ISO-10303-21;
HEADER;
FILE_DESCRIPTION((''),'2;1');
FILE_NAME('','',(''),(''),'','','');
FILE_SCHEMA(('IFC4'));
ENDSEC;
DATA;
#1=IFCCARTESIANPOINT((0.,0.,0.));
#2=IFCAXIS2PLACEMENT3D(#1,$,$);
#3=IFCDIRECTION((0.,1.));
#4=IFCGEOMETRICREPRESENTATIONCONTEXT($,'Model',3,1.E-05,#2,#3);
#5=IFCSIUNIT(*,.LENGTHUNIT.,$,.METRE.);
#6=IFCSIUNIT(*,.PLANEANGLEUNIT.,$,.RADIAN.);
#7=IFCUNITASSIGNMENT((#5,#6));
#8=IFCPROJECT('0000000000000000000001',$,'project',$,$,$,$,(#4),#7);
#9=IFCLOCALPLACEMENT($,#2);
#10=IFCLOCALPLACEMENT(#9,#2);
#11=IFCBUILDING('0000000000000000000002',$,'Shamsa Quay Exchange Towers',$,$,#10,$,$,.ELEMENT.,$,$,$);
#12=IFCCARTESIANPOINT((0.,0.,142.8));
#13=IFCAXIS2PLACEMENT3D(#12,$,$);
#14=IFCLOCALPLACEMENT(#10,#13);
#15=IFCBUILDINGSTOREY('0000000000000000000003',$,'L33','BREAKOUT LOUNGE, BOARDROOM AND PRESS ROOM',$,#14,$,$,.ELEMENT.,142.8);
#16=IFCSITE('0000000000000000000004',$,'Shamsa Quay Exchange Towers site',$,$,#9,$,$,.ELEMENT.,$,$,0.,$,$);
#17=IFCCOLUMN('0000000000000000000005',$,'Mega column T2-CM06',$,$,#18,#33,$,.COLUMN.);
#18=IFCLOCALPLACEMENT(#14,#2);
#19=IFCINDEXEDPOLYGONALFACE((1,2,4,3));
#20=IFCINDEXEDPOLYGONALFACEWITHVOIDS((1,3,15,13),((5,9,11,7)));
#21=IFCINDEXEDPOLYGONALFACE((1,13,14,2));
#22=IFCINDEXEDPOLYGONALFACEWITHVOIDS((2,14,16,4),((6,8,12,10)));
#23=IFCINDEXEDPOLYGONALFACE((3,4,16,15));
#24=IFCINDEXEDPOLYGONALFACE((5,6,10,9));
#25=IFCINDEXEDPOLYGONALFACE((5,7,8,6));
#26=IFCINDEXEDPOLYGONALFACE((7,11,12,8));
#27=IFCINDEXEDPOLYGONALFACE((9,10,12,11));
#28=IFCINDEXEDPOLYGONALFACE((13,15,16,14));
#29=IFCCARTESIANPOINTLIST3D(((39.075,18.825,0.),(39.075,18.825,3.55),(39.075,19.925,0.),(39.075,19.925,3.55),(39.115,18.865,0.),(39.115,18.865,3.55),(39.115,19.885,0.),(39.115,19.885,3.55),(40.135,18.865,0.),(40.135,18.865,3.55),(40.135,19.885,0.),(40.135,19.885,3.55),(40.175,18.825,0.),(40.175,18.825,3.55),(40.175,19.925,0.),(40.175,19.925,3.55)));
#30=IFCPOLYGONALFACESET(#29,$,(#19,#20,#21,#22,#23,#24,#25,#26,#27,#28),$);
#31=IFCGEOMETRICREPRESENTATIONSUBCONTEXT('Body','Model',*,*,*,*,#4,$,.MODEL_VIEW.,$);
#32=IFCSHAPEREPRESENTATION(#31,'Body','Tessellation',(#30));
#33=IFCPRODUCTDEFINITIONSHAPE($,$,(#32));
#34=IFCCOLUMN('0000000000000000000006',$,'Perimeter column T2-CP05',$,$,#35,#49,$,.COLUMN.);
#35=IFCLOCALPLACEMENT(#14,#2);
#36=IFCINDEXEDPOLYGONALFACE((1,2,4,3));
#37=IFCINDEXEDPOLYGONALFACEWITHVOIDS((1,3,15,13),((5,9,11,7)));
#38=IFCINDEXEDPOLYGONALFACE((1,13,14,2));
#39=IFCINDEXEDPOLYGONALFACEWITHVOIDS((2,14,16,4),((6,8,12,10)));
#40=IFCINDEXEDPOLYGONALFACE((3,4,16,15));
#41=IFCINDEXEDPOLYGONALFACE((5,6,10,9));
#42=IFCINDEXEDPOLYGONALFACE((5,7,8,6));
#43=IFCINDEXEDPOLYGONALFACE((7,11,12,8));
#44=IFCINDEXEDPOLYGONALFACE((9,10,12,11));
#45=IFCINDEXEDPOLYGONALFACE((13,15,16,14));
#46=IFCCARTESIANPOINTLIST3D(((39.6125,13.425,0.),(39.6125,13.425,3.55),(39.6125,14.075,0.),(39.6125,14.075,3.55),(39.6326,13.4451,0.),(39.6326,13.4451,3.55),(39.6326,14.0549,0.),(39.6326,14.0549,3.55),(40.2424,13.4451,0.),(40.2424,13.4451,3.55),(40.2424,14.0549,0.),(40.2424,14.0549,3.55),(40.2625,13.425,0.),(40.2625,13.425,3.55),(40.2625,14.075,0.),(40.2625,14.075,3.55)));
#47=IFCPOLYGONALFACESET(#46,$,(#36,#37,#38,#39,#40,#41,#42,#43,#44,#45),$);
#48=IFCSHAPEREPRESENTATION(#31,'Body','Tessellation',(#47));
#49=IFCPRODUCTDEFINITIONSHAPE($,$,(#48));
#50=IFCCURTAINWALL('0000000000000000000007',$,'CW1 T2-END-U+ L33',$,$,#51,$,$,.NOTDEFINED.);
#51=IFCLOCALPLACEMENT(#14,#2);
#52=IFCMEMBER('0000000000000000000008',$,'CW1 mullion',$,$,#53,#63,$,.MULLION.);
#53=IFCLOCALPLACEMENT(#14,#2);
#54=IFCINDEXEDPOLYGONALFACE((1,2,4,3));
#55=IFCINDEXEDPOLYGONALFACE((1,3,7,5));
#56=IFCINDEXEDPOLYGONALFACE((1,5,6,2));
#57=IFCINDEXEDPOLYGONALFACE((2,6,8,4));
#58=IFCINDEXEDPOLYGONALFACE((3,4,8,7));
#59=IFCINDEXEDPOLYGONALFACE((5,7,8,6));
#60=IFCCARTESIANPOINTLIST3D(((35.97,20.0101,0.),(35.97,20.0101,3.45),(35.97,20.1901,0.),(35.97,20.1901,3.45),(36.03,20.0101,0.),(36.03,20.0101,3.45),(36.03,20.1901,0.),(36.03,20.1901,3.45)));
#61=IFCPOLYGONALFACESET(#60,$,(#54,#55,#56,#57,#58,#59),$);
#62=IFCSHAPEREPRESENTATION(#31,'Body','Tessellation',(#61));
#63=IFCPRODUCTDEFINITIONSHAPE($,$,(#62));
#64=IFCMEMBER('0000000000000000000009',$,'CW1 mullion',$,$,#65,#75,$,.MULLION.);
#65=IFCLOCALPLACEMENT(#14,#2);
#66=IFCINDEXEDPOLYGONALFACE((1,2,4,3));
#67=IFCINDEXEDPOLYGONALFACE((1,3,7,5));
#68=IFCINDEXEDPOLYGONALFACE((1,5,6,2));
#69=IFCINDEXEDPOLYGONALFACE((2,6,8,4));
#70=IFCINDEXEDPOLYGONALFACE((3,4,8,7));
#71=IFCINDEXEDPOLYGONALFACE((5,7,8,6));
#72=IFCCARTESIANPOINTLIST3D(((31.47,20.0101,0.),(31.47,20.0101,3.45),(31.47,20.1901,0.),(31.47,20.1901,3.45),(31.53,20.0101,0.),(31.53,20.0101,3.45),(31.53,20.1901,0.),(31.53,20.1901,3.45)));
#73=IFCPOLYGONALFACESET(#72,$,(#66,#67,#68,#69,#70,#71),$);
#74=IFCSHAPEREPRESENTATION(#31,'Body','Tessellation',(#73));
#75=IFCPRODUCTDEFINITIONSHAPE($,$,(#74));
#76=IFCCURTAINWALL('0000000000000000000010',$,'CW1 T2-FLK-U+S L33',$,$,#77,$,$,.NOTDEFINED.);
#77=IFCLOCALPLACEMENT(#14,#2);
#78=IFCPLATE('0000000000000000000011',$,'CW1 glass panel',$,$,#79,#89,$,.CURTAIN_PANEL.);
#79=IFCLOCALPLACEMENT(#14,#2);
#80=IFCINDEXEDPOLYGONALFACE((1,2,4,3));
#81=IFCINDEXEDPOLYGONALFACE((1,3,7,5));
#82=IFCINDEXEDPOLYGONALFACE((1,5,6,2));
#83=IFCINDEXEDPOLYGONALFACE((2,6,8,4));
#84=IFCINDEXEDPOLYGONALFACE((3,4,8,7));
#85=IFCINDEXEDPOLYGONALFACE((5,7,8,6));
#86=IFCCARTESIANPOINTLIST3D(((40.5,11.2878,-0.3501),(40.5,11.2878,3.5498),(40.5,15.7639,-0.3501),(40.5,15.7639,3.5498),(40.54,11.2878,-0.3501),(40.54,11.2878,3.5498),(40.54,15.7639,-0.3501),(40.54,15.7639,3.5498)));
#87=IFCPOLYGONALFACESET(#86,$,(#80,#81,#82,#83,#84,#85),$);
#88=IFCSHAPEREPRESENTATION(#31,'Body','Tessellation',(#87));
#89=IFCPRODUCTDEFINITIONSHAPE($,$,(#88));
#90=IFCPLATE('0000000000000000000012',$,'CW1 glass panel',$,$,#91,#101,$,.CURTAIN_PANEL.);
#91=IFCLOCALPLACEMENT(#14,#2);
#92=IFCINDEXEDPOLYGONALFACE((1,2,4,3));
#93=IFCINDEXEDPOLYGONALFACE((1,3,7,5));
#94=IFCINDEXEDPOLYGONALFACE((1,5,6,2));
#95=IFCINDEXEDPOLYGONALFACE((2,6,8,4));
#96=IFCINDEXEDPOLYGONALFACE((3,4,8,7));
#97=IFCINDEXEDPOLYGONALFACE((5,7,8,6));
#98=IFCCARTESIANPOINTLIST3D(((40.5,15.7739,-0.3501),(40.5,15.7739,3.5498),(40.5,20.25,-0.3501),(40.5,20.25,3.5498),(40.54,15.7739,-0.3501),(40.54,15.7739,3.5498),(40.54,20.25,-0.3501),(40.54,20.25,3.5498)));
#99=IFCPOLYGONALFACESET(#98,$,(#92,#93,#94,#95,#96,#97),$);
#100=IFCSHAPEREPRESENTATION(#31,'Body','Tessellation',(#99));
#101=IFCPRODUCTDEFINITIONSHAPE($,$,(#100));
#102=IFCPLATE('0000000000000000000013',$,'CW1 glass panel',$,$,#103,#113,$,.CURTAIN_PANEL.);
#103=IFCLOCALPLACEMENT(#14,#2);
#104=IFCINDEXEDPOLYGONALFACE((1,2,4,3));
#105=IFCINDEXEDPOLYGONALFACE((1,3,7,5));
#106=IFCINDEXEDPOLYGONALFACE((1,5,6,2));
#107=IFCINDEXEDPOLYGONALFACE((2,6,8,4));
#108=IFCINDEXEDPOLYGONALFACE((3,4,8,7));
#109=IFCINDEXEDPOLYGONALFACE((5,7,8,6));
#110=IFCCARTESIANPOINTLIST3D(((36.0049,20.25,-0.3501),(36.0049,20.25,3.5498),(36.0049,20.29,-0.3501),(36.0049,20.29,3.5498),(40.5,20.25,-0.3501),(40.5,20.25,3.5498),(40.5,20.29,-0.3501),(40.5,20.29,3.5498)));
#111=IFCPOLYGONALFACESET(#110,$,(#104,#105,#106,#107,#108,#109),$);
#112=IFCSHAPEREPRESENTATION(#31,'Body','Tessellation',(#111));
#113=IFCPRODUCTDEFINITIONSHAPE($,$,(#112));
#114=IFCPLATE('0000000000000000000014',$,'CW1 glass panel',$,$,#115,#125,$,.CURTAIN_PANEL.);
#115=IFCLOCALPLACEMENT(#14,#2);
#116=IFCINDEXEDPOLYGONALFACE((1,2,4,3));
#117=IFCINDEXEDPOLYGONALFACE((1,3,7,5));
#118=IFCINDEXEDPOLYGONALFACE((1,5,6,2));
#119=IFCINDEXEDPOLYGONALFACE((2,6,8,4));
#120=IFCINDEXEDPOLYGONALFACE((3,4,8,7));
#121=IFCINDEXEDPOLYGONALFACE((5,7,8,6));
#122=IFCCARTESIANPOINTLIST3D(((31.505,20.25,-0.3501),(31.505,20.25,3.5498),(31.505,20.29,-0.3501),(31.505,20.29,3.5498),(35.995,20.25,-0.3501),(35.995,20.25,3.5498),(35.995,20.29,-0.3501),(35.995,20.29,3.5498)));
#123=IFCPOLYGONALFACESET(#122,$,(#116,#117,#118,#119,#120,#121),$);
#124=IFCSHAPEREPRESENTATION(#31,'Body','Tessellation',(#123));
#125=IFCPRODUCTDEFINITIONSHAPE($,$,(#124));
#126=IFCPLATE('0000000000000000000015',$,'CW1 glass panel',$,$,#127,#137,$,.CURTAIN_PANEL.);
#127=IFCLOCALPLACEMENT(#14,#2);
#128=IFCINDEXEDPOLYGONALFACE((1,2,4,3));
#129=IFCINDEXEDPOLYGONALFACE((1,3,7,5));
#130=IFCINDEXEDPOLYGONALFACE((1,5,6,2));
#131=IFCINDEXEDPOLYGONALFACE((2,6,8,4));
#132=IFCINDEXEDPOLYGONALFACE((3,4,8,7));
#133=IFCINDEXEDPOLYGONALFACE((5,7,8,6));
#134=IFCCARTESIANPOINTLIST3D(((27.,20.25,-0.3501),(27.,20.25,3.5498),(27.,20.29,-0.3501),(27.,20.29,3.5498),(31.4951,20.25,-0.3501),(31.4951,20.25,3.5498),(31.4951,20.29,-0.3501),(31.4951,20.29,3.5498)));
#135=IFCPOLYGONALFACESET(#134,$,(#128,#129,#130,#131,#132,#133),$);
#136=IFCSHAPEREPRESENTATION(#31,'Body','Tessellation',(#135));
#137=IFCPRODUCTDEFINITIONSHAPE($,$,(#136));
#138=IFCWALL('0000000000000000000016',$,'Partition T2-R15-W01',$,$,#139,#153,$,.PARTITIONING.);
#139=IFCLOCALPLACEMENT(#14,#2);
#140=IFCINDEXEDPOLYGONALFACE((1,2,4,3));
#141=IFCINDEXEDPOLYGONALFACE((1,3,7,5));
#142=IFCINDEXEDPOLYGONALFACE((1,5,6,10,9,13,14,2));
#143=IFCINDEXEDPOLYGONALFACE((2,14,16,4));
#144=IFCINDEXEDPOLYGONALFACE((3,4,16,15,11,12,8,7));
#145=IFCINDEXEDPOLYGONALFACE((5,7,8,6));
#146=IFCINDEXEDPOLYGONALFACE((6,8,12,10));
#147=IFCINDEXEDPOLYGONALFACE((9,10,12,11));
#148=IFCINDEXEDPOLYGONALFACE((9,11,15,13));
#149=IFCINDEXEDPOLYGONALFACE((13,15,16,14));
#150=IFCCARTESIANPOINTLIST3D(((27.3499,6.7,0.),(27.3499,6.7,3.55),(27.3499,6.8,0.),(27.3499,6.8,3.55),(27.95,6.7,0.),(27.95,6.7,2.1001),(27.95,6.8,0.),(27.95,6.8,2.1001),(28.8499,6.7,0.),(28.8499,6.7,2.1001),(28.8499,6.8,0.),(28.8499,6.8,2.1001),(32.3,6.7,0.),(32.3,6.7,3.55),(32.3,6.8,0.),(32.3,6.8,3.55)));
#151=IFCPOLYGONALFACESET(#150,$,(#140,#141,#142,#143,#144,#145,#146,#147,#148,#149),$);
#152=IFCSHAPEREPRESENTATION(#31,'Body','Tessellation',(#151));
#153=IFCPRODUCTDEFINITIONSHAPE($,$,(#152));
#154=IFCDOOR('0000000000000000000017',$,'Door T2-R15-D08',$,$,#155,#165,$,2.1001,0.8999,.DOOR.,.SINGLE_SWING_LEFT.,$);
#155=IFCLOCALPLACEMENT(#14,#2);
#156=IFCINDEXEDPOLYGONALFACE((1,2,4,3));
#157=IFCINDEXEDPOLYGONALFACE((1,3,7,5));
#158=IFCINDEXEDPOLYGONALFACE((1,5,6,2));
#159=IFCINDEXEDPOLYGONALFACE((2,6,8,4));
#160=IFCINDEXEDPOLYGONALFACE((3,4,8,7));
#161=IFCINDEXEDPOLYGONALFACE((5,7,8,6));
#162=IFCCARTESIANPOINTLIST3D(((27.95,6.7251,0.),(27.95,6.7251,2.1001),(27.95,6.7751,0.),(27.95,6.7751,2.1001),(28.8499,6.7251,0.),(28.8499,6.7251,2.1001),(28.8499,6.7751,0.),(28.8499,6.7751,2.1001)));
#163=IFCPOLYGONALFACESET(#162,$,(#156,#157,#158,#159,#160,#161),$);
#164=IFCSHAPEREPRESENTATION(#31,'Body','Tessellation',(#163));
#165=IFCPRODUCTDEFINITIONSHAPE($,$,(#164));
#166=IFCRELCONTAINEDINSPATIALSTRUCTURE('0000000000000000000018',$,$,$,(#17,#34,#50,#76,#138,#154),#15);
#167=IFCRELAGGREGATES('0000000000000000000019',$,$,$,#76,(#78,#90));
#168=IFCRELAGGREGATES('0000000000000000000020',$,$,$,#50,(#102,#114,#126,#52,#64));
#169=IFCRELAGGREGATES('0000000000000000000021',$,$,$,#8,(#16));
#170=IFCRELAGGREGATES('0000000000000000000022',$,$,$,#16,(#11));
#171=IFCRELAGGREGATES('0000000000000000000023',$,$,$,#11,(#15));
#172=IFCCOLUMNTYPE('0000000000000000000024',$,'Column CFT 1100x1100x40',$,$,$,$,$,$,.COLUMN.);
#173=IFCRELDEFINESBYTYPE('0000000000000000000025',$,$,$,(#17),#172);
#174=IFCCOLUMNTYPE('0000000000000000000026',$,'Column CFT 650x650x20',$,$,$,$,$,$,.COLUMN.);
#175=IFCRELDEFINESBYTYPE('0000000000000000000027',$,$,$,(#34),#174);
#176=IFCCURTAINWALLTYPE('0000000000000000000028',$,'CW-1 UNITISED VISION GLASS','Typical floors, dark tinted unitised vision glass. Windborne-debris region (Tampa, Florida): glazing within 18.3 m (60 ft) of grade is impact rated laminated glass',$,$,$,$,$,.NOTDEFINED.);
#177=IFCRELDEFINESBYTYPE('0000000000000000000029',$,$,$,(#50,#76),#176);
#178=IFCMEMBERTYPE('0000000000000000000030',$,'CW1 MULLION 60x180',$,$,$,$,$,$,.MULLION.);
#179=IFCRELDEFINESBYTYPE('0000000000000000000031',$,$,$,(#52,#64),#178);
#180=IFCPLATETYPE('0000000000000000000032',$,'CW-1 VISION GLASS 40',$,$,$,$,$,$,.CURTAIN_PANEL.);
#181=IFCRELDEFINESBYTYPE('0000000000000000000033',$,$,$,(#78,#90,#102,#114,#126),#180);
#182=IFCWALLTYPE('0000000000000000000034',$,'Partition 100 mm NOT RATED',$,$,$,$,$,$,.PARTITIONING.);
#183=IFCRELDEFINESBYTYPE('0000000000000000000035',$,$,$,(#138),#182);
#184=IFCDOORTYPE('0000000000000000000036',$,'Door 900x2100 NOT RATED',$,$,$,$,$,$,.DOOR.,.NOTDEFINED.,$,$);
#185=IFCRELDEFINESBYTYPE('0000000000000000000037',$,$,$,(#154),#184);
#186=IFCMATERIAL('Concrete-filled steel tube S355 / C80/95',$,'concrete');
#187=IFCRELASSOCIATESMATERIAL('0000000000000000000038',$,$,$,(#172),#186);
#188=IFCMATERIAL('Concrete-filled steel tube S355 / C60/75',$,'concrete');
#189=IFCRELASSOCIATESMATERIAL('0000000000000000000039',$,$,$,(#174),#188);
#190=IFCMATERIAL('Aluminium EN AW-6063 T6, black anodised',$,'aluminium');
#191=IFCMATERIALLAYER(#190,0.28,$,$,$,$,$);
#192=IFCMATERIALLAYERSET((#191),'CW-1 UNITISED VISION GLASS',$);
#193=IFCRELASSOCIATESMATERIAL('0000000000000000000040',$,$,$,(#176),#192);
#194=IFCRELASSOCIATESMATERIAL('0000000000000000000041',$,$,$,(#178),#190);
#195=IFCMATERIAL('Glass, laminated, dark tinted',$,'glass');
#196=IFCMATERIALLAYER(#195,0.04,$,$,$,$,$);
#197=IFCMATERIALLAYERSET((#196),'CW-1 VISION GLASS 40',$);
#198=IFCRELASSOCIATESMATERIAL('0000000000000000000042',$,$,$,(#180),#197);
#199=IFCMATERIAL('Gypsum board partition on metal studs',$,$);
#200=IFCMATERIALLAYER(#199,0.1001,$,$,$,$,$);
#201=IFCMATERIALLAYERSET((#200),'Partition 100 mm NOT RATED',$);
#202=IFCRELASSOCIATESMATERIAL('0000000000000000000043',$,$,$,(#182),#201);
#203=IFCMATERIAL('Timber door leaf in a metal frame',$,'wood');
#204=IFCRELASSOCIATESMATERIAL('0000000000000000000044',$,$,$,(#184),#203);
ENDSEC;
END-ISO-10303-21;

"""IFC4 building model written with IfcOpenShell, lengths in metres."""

from ifc_helpers import new_model, si_unit, direction, frame, frame_2d, origin, origin_2d, place, context, subcontext, project, spatial, rectangle, hollow_rectangle, extrude, material, layer, layer_set, material_profile, profile_set, type_object, element, fill, aggregate, save


model = new_model("IFC4")

# Units and contexts
model_context = context("Model", 3, precision=1e-05, world=origin(), true_north=direction((0.0, 1.0)))
body_context = subcontext(model_context, "Body", "Model", "MODEL_VIEW")
ifc_project = project(units=[si_unit("LENGTHUNIT", "METRE"), si_unit("PLANEANGLEUNIT", "RADIAN")], contexts=[model_context])

# Site, building, storey
site_placement = place(None, origin())
site = spatial("IfcSite", under=ifc_project, at=site_placement, Name="Shamsa Quay Exchange Towers site", CompositionType="ELEMENT", RefElevation=0.0)
building_placement = place(site_placement, origin())
building = spatial("IfcBuilding", under=site, at=building_placement, Name="Shamsa Quay Exchange Towers", CompositionType="ELEMENT")
storey_placement = place(building_placement, frame((0.0, 0.0, 142.8)))
storey = spatial("IfcBuildingStorey", under=building, at=storey_placement, Name="L33", Description="BREAKOUT LOUNGE, BOARDROOM AND PRESS ROOM", CompositionType="ELEMENT", Elevation=142.8)

# Columns
ifc_material_1 = material(Name="Concrete-filled steel tube S355 / C80/95", Category="concrete")
ifc_material_profile_1 = material_profile(ifc_material_1, hollow_rectangle(XDim=1.1001, YDim=1.1001, WallThickness=0.04, at=origin_2d()), Name="CFT 1100x1100x40")
ifc_profile_set_1 = profile_set([ifc_material_profile_1], Name="Concrete-filled steel tube S355 / C80/95")
column_type_1 = type_object("IfcColumnType", Name="Column CFT 1100x1100x40", PredefinedType="COLUMN", material=ifc_profile_set_1)
column_1_placement = place(storey_placement, frame((39.625, 19.375, 0.0)))
element("IfcColumn", 1, at=column_1_placement, inside=storey, type_object=column_type_1, Name="Mega column T2-CM06", PredefinedType="COLUMN", context=body_context, shape_type="SweptSolid", body=[
    extrude(hollow_rectangle(XDim=1.1001, YDim=1.1001, WallThickness=0.04, at=origin_2d()), origin(), (0.0, 0.0, 1.0), 3.55),
])
ifc_material_2 = material(Name="Concrete-filled steel tube S355 / C60/75", Category="concrete")
ifc_material_profile_2 = material_profile(ifc_material_2, hollow_rectangle(XDim=0.6499, YDim=0.6499, WallThickness=0.02, at=origin_2d()), Name="CFT 650x650x20")
ifc_profile_set_2 = profile_set([ifc_material_profile_2], Name="Concrete-filled steel tube S355 / C60/75")
column_type_2 = type_object("IfcColumnType", Name="Column CFT 650x650x20", PredefinedType="COLUMN", material=ifc_profile_set_2)
column_2_placement = place(storey_placement, frame((39.9375, 13.75, 0.0)))
element("IfcColumn", 2, at=column_2_placement, inside=storey, type_object=column_type_2, Name="Perimeter column T2-CP05", PredefinedType="COLUMN", context=body_context, shape_type="SweptSolid", body=[
    extrude(hollow_rectangle(XDim=0.6499, YDim=0.6499, WallThickness=0.02, at=origin_2d()), origin(), (0.0, 0.0, 1.0), 3.55),
])

# Curtain wall, members
ifc_material_3 = material(Name="Aluminium EN AW-6063 T6, black anodised", Category="aluminium")
ifc_layer_1 = layer(ifc_material_3, 0.28)
ifc_layer_set_1 = layer_set([ifc_layer_1], Name="CW-1 UNITISED VISION GLASS")
curtain_wall_type = type_object("IfcCurtainWallType", Name="CW-1 UNITISED VISION GLASS", Description="Typical floors, dark tinted unitised vision glass. Windborne-debris region (Tampa, Florida): glazing within 18.3 m (60 ft) of grade is impact rated laminated glass", PredefinedType="NOTDEFINED", material=ifc_layer_set_1)
curtain_wall_1_placement = place(storey_placement, origin())
curtain_wall_1 = element("IfcCurtainWall", 3, at=curtain_wall_1_placement, inside=storey, type_object=curtain_wall_type, Name="CW1 T2-END-U+ L33", PredefinedType="NOTDEFINED")
ifc_material_profile_3 = material_profile(ifc_material_3, rectangle(XDim=0.1799, YDim=0.0601, at=origin_2d()), Name="MU60x180")
ifc_profile_set_3 = profile_set([ifc_material_profile_3], Name="Aluminium EN AW-6063 T6, black anodised")
member_type = type_object("IfcMemberType", Name="CW1 MULLION 60x180", PredefinedType="MULLION", material=ifc_profile_set_3)
member_1_placement = place(storey_placement, frame((36.0, 20.1001, 0.0), z_axis=(0.0, 0.0, 1.0), x_axis=(0.0, -1.0, 0.0)))
member_1 = element("IfcMember", 4, at=member_1_placement, type_object=member_type, Name="CW1 mullion", PredefinedType="MULLION", context=body_context, shape_type="SweptSolid", body=[
    extrude(rectangle(XDim=0.1799, YDim=0.0601, at=origin_2d()), origin(), (0.0, 0.0, 1.0), 3.45),
])
member_2_placement = place(storey_placement, frame((31.5, 20.1001, 0.0), z_axis=(0.0, 0.0, 1.0), x_axis=(0.0, -1.0, 0.0)))
member_2 = element("IfcMember", 5, at=member_2_placement, type_object=member_type, Name="CW1 mullion", PredefinedType="MULLION", context=body_context, shape_type="SweptSolid", body=[
    extrude(rectangle(XDim=0.1799, YDim=0.0601, at=origin_2d()), origin(), (0.0, 0.0, 1.0), 3.45),
])

# Curtain wall, plates
curtain_wall_2_placement = place(storey_placement, origin())
curtain_wall_2 = element("IfcCurtainWall", 6, at=curtain_wall_2_placement, inside=storey, type_object=curtain_wall_type, Name="CW1 T2-FLK-U+S L33", PredefinedType="NOTDEFINED")
ifc_material_4 = material(Name="Glass, laminated, dark tinted", Category="glass")
ifc_layer_2 = layer(ifc_material_4, 0.04)
ifc_layer_set_2 = layer_set([ifc_layer_2], Name="CW-1 VISION GLASS 40")
plate_type = type_object("IfcPlateType", Name="CW-1 VISION GLASS 40", PredefinedType="CURTAIN_PANEL", material=ifc_layer_set_2)
plate_1_placement = place(storey_placement, frame((40.52, 13.5259, -0.3501), z_axis=(0.0, 0.0, 1.0), x_axis=(0.0, 1.0, 0.0)))
plate_1 = element("IfcPlate", 7, at=plate_1_placement, type_object=plate_type, Name="CW1 glass panel", PredefinedType="CURTAIN_PANEL", context=body_context, shape_type="SweptSolid", body=[
    extrude(rectangle(XDim=4.4761, YDim=0.04, at=origin_2d()), origin(), (0.0, 0.0, 1.0), 3.8999),
])
plate_2_placement = place(storey_placement, frame((40.52, 18.012, -0.3501), z_axis=(0.0, 0.0, 1.0), x_axis=(0.0, 1.0, 0.0)))
plate_2 = element("IfcPlate", 8, at=plate_2_placement, type_object=plate_type, Name="CW1 glass panel", PredefinedType="CURTAIN_PANEL", context=body_context, shape_type="SweptSolid", body=[
    extrude(rectangle(XDim=4.4761, YDim=0.04, at=origin_2d()), origin(), (0.0, 0.0, 1.0), 3.8999),
])
aggregate(curtain_wall_2, [plate_1, plate_2])

# Plates
plate_3_placement = place(storey_placement, frame((38.2524, 20.27, -0.3501), z_axis=(0.0, 0.0, 1.0), x_axis=(-1.0, 0.0, 0.0)))
plate_3 = element("IfcPlate", 9, at=plate_3_placement, type_object=plate_type, Name="CW1 glass panel", PredefinedType="CURTAIN_PANEL", context=body_context, shape_type="SweptSolid", body=[
    extrude(rectangle(XDim=4.4951, YDim=0.04, at=origin_2d()), origin(), (0.0, 0.0, 1.0), 3.8999),
])
plate_4_placement = place(storey_placement, frame((33.75, 20.27, -0.3501), z_axis=(0.0, 0.0, 1.0), x_axis=(-1.0, 0.0, 0.0)))
plate_4 = element("IfcPlate", 10, at=plate_4_placement, type_object=plate_type, Name="CW1 glass panel", PredefinedType="CURTAIN_PANEL", context=body_context, shape_type="SweptSolid", body=[
    extrude(rectangle(XDim=4.49, YDim=0.04, at=origin_2d()), origin(), (0.0, 0.0, 1.0), 3.8999),
])
plate_5_placement = place(storey_placement, frame((29.2476, 20.27, -0.3501), z_axis=(0.0, 0.0, 1.0), x_axis=(-1.0, 0.0, 0.0)))
plate_5 = element("IfcPlate", 11, at=plate_5_placement, type_object=plate_type, Name="CW1 glass panel", PredefinedType="CURTAIN_PANEL", context=body_context, shape_type="SweptSolid", body=[
    extrude(rectangle(XDim=4.4951, YDim=0.04, at=origin_2d()), origin(), (0.0, 0.0, 1.0), 3.8999),
])
aggregate(curtain_wall_1, [plate_3, plate_4, plate_5, member_1, member_2])

# Wall, opening, door
ifc_material_5 = material(Name="Gypsum board partition on metal studs")
ifc_layer_3 = layer(ifc_material_5, 0.1001)
ifc_layer_set_3 = layer_set([ifc_layer_3], Name="Partition 100 mm NOT RATED")
wall_type_1 = type_object("IfcWallType", Name="Partition 100 mm NOT RATED", PredefinedType="PARTITIONING", material=ifc_layer_set_3)
wall_1_placement = place(storey_placement, frame((32.3, 6.75, 0.0), z_axis=(0.0, 0.0, 1.0), x_axis=(-1.0, 0.0, 0.0)))
wall_1 = element("IfcWall", 12, at=wall_1_placement, inside=storey, type_object=wall_type_1, Name="Partition T2-R15-W01", PredefinedType="PARTITIONING", context=body_context, shape_type="SweptSolid", body=[
    extrude(rectangle(XDim=4.9502, YDim=0.1001, at=frame_2d((2.4751, 0.0))), origin(), (0.0, 0.0, 1.0), 3.55),
])
opening_1_placement = place(wall_1_placement, frame((3.4502, 0.0, 0.0)))
opening_1 = element("IfcOpeningElement", 13, at=opening_1_placement, cuts=wall_1, PredefinedType="OPENING", context=body_context, shape_type="SweptSolid", body=[
    extrude(rectangle(XDim=0.8999, YDim=2.1001, at=frame_2d((0.45, 1.05))), frame((0.0, 0.0601, 0.0), z_axis=(0.0, -1.0, 0.0), x_axis=(1.0, 0.0, 0.0)), (0.0, 0.0, 1.0), 0.1201),
])
ifc_material_6 = material(Name="Timber door leaf in a metal frame", Category="wood")
door_type_1 = type_object("IfcDoorType", Name="Door 900x2100 NOT RATED", OperationType="NOTDEFINED", PredefinedType="DOOR", material=ifc_material_6)
door_1_placement = place(opening_1_placement, origin())
door_1 = element("IfcDoor", 14, at=door_1_placement, inside=storey, type_object=door_type_1, Name="Door T2-R15-D08", OperationType="SINGLE_SWING_LEFT", OverallHeight=2.1001, OverallWidth=0.8999, PredefinedType="DOOR", context=body_context, shape_type="SweptSolid", body=[
    extrude(rectangle(XDim=0.8999, YDim=2.1001, at=frame_2d((0.45, 1.05))), frame((0.0, 0.0249, 0.0), z_axis=(0.0, -1.0, 0.0), x_axis=(1.0, 0.0, 0.0)), (0.0, 0.0, 1.0), 0.05),
])
fill(opening_1, door_1)

save(model, "model.ifc")
